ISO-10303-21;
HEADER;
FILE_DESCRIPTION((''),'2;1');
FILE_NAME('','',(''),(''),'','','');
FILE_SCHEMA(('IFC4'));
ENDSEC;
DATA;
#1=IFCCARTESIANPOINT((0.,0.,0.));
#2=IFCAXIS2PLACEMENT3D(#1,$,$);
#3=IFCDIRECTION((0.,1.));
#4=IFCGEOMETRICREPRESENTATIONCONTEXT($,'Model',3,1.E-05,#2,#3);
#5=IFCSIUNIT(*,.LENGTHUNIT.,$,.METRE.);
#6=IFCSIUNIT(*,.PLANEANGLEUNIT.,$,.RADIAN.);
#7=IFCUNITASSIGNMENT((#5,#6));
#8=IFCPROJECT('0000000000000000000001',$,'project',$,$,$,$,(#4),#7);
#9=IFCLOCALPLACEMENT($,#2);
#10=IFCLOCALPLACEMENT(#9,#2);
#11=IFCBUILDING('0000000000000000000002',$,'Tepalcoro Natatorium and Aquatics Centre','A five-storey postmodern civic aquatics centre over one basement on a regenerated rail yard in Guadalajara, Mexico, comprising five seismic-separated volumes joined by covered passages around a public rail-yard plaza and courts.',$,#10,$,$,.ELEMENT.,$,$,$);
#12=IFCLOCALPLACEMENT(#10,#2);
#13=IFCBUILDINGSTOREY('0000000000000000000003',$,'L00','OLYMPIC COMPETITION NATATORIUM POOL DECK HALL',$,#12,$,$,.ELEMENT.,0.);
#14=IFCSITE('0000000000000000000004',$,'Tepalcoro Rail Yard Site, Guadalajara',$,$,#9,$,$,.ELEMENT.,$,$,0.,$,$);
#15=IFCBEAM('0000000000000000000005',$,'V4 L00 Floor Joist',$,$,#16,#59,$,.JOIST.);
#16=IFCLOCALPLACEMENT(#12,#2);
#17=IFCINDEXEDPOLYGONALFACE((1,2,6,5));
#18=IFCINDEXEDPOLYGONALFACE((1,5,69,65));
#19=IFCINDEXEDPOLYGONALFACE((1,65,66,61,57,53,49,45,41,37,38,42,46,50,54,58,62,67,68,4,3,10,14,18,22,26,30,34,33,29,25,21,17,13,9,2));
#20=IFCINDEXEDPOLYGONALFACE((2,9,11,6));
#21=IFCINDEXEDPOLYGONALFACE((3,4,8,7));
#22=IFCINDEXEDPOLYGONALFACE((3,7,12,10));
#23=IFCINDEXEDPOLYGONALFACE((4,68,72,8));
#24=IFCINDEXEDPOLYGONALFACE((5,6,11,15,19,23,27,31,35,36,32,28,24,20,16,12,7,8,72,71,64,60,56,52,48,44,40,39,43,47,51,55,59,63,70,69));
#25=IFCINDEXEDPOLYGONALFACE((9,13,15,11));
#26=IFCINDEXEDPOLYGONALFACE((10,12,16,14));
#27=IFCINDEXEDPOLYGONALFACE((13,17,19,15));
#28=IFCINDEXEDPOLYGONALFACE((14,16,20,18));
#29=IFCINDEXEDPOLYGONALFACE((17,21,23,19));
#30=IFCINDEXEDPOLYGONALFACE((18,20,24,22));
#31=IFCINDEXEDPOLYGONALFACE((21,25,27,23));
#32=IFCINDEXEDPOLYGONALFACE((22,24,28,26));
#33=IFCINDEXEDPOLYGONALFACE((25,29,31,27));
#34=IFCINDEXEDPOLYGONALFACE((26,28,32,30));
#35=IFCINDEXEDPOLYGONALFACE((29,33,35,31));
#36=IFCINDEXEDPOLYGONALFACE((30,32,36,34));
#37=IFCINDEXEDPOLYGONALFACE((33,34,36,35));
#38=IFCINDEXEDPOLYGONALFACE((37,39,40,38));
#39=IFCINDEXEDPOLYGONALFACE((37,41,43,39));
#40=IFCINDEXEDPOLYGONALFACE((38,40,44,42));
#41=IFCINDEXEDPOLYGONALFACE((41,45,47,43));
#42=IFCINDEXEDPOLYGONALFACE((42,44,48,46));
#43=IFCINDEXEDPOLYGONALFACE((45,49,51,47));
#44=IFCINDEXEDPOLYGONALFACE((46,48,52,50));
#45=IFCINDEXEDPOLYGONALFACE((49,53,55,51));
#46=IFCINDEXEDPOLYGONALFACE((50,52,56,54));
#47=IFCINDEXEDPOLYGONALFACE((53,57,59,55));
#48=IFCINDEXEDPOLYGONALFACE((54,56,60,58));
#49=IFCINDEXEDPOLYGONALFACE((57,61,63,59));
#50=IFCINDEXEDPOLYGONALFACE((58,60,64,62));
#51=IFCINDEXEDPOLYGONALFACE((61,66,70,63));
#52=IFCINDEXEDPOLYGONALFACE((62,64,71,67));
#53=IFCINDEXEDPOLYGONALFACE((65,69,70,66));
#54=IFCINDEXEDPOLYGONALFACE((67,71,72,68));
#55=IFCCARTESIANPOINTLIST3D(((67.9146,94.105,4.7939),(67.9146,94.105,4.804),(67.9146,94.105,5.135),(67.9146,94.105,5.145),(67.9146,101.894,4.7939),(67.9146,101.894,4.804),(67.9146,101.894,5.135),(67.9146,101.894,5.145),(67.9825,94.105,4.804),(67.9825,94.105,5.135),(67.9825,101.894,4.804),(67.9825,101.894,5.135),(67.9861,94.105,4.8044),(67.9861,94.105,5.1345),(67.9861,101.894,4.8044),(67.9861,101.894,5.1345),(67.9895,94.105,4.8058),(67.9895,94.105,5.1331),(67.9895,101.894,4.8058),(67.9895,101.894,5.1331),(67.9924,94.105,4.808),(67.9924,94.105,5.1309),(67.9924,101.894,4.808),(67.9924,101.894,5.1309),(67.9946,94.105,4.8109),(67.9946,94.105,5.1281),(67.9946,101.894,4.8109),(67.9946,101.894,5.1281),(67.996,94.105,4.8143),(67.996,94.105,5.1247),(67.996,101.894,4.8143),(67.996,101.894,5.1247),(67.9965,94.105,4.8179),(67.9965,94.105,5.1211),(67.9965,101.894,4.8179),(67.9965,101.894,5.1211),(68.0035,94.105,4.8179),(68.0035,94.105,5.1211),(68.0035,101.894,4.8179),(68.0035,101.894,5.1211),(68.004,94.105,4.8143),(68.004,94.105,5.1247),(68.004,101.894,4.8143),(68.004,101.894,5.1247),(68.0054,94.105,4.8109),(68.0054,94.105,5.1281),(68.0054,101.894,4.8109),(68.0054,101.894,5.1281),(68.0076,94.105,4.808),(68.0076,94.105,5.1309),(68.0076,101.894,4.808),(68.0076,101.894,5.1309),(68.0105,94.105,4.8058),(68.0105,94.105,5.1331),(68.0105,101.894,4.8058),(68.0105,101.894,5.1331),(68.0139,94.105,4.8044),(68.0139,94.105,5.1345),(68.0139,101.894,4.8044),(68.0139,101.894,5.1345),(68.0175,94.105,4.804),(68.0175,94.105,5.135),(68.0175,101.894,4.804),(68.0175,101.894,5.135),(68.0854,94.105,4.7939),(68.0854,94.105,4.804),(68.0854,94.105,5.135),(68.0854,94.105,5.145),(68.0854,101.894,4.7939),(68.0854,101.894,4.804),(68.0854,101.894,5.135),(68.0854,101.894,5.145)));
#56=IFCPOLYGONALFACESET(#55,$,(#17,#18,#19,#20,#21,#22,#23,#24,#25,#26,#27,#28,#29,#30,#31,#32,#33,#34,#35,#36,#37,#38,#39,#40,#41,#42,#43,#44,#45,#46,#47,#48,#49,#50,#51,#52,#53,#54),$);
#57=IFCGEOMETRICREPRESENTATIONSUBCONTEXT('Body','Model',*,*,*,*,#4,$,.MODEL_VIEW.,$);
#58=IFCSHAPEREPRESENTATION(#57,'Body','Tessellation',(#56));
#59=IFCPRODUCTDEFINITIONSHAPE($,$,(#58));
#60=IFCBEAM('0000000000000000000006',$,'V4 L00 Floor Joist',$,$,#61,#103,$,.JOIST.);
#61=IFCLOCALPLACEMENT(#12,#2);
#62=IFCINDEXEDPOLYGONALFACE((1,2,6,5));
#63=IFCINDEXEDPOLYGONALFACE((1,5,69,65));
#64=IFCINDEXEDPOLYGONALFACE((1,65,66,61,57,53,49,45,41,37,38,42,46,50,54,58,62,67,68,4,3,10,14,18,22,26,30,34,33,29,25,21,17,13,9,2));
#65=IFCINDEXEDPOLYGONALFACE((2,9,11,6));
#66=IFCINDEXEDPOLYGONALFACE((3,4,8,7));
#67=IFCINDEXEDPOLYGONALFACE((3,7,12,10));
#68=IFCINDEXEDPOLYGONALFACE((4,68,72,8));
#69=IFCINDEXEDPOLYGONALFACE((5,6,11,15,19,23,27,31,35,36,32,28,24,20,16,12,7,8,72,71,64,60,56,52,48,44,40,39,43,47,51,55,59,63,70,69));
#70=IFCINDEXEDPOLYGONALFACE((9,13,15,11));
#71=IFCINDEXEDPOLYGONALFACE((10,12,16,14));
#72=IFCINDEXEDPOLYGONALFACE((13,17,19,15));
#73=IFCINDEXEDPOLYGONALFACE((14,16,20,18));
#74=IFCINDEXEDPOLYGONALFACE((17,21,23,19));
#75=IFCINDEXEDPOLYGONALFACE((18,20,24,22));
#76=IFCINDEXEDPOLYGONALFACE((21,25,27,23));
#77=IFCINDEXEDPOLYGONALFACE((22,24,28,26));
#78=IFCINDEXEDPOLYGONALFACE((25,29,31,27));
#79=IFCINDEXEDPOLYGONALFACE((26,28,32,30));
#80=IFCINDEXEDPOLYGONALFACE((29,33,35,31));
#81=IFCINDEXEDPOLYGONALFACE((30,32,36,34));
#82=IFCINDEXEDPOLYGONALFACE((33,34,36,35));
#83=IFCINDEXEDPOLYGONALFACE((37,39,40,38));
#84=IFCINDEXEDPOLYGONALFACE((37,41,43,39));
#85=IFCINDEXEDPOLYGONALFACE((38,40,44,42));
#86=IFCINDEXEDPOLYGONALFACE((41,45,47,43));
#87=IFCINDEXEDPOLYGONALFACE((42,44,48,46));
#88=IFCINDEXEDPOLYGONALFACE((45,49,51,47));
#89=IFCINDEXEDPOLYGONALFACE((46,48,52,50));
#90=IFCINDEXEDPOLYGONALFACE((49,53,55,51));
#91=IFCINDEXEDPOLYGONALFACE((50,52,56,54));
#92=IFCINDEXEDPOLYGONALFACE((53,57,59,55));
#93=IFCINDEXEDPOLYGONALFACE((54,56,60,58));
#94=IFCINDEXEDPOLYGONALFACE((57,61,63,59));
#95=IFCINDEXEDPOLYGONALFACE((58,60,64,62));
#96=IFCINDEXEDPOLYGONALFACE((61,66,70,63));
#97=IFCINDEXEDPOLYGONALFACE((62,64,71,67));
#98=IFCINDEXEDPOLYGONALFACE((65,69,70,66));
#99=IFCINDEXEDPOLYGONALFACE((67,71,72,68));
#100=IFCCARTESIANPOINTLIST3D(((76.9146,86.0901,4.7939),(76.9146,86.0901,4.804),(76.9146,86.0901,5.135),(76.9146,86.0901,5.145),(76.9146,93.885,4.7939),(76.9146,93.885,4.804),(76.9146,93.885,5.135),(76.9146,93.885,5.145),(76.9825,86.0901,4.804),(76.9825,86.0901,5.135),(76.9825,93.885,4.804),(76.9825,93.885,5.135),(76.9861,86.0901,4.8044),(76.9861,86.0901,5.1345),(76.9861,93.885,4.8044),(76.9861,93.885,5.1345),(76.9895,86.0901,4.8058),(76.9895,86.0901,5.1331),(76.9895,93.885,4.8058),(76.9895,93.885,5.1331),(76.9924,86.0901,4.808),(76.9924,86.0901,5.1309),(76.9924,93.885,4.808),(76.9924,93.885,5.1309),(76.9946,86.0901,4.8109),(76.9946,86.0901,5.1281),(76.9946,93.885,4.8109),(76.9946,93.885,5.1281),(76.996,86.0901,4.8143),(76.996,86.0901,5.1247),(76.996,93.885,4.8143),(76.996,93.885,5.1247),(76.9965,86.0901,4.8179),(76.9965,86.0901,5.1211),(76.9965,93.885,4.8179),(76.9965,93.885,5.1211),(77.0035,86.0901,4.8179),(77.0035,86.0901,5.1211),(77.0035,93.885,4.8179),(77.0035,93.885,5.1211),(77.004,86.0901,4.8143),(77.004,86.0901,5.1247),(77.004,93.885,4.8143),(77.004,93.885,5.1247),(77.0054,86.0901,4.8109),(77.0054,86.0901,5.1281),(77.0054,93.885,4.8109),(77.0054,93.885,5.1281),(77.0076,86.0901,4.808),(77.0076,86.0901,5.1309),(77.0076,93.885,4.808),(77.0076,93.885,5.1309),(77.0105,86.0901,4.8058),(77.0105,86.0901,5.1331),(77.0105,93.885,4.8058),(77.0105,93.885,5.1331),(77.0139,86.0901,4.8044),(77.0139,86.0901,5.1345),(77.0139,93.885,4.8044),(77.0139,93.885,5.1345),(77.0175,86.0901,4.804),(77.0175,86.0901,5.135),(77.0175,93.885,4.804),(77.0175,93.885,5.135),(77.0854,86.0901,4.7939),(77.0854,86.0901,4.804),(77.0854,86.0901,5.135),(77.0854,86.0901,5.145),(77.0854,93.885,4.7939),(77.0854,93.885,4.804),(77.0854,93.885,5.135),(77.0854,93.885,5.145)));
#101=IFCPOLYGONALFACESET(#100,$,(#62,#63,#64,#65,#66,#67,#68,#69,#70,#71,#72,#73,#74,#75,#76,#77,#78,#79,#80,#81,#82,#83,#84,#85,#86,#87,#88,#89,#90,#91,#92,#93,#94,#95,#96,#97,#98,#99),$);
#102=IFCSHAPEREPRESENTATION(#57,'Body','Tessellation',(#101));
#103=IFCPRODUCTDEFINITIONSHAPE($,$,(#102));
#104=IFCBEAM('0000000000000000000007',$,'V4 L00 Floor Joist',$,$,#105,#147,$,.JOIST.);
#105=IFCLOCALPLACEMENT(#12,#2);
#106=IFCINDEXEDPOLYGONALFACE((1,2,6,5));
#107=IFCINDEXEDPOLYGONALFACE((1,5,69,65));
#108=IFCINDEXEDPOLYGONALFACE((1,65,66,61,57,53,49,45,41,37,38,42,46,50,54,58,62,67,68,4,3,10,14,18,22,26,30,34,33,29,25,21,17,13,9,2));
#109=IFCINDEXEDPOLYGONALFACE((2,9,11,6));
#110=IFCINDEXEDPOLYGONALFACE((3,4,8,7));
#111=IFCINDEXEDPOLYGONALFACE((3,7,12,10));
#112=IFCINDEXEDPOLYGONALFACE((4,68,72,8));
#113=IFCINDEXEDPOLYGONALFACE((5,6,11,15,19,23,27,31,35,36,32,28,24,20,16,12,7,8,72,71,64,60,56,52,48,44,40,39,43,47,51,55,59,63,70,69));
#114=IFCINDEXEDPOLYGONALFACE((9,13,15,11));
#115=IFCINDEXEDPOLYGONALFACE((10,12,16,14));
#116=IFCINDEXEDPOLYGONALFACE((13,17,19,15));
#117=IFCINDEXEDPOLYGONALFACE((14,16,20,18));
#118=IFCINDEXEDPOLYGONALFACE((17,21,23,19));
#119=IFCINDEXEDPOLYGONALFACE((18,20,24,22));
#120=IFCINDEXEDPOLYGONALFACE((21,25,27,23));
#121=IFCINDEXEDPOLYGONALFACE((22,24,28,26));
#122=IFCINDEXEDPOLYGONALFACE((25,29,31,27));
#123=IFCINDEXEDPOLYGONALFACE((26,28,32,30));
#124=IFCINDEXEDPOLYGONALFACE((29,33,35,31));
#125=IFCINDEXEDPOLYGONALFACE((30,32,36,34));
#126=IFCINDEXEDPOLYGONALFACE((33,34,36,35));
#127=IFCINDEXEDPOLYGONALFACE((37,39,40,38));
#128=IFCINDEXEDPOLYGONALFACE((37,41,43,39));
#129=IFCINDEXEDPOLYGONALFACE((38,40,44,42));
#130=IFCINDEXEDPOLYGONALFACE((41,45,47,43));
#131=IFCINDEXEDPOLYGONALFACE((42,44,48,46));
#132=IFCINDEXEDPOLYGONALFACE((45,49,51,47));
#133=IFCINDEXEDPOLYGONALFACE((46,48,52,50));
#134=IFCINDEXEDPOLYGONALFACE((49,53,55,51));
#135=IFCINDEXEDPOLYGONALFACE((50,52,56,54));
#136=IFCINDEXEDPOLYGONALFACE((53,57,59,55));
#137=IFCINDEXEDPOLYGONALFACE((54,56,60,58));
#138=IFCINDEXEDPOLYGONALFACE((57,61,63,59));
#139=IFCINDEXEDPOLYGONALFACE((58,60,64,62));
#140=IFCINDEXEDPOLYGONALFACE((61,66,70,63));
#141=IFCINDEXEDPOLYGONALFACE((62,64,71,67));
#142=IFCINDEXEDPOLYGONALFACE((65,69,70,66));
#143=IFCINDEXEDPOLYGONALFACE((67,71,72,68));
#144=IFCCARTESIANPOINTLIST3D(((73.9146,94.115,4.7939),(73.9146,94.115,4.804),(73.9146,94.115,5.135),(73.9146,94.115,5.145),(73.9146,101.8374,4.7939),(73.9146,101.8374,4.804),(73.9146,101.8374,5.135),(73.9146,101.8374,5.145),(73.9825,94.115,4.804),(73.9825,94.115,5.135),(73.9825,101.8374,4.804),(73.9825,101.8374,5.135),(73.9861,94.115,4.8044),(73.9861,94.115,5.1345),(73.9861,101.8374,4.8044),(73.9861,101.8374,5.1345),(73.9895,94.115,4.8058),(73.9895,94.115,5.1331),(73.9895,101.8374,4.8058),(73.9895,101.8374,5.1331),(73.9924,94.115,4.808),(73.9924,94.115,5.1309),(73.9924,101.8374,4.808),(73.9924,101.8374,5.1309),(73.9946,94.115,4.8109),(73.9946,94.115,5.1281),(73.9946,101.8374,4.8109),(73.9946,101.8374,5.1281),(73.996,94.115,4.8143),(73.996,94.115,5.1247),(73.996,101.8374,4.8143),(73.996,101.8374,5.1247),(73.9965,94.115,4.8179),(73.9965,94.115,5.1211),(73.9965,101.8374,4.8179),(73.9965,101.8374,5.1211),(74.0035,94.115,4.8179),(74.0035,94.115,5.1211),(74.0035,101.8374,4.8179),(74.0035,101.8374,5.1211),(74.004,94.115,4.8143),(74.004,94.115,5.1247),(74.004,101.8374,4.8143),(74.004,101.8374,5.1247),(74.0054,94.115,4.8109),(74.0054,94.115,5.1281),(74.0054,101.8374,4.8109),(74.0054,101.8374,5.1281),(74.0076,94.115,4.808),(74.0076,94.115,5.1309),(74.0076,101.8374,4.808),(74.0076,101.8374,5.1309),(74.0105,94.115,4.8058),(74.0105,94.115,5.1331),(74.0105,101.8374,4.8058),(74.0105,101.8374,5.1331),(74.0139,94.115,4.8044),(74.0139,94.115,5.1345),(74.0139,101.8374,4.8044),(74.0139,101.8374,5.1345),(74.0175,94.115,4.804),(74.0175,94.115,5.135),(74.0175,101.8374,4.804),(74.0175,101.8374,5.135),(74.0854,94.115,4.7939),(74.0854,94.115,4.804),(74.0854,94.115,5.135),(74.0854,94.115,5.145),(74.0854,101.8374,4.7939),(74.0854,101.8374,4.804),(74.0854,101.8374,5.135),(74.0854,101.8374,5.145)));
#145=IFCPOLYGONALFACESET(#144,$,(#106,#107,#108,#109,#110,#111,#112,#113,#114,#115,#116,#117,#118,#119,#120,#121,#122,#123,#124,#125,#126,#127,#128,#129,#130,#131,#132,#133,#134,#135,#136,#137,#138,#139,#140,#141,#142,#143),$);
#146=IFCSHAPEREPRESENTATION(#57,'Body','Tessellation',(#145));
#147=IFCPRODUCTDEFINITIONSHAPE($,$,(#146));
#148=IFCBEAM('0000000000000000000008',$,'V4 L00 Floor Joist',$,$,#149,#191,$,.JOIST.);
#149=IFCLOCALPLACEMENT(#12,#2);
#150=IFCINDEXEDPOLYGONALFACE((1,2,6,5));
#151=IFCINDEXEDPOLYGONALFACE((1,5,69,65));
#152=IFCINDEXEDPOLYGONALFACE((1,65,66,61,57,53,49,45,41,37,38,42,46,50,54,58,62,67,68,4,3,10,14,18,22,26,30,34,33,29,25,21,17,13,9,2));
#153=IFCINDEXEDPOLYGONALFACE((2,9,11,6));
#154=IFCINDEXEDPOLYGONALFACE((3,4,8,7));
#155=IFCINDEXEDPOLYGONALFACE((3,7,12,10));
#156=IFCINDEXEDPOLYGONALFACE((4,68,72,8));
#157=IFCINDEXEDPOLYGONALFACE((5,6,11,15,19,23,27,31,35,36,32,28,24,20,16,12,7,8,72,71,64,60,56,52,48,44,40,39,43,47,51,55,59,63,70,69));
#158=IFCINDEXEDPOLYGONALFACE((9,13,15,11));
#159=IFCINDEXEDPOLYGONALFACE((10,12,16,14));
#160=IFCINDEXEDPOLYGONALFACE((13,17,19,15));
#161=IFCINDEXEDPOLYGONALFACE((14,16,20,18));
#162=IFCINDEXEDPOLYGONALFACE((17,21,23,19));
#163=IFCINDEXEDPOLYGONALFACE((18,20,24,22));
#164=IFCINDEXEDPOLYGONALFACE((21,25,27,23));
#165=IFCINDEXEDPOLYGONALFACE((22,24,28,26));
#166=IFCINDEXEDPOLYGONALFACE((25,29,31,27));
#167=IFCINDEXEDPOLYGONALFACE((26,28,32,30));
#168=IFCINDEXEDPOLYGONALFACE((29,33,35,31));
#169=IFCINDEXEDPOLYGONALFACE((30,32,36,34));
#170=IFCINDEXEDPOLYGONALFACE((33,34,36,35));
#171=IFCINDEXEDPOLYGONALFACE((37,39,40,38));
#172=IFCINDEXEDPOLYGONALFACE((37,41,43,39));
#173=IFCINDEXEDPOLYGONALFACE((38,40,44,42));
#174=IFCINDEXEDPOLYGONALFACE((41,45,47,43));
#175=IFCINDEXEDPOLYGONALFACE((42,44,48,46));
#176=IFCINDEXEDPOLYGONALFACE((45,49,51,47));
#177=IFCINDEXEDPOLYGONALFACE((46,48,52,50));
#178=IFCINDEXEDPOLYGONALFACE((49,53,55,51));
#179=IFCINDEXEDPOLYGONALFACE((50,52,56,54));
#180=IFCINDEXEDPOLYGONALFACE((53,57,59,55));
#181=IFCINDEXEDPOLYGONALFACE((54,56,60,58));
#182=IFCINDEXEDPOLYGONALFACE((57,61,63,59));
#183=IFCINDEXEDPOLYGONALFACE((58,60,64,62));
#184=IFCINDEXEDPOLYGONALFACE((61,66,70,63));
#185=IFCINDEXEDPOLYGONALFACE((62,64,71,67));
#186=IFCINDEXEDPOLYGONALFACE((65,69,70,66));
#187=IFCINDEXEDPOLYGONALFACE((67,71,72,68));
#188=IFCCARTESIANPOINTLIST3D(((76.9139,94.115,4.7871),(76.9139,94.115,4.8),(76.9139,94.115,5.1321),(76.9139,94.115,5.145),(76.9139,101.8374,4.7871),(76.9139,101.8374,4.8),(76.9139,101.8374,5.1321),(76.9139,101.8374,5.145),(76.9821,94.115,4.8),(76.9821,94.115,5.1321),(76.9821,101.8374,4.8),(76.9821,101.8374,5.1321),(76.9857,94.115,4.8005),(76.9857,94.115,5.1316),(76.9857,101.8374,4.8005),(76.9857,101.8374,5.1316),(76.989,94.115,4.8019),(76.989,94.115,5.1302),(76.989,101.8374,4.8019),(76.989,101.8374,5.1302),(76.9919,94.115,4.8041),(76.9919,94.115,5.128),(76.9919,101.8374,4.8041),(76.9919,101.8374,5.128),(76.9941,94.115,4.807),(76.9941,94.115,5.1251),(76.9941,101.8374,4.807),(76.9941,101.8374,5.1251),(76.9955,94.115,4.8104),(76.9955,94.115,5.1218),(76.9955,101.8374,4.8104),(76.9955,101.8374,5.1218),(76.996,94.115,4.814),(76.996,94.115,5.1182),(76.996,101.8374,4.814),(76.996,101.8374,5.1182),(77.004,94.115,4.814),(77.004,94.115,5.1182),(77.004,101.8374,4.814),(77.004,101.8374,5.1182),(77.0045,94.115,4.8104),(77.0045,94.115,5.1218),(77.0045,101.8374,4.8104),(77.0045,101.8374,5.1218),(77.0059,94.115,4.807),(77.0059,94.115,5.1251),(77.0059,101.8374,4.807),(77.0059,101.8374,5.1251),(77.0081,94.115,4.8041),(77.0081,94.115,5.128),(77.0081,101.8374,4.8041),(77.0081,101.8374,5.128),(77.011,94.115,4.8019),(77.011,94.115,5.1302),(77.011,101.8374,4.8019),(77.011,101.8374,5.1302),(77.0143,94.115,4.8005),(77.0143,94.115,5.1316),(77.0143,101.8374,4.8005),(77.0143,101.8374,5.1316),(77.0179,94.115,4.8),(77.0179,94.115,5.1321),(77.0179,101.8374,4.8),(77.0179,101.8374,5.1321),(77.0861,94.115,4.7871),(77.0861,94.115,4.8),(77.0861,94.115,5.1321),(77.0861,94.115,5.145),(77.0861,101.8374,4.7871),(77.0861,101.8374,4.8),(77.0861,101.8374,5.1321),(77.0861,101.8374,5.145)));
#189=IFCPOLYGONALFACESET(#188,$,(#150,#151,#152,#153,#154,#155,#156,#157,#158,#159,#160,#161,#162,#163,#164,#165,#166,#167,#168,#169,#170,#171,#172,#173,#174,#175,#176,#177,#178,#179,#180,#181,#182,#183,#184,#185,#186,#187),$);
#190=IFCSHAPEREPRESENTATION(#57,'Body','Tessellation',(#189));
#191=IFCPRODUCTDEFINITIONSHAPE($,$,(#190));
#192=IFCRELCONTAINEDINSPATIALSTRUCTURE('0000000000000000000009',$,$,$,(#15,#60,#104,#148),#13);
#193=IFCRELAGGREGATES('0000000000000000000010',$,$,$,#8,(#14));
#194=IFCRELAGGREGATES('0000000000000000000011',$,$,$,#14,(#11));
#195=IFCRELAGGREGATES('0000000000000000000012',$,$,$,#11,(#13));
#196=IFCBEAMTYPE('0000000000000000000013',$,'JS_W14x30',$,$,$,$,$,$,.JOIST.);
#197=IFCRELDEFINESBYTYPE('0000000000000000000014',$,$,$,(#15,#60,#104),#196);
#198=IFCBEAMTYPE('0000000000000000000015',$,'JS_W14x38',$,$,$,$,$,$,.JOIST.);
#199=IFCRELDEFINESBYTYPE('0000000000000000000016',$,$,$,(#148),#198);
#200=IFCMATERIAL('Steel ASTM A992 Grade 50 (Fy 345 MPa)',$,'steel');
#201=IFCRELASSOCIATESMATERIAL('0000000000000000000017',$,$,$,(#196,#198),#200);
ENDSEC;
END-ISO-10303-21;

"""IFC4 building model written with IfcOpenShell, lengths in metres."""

from ifc_helpers import new_model, si_unit, direction, frame, origin, origin_2d, place, context, subcontext, project, spatial, i_section, extrude, material, material_profile, profile_set, type_object, element, save


model = new_model("IFC4")

# Units and contexts
model_context = context("Model", 3, precision=1e-05, world=origin(), true_north=direction((0.0, 1.0)))
body_context = subcontext(model_context, "Body", "Model", "MODEL_VIEW")
ifc_project = project(units=[si_unit("LENGTHUNIT", "METRE"), si_unit("PLANEANGLEUNIT", "RADIAN")], contexts=[model_context])

# Site, building, storey
site_placement = place(None, origin())
site = spatial("IfcSite", under=ifc_project, at=site_placement, Name="Tepalcoro Rail Yard Site, Guadalajara", CompositionType="ELEMENT", RefElevation=0.0)
building_placement = place(site_placement, origin())
building = spatial("IfcBuilding", under=site, at=building_placement, Name="Tepalcoro Natatorium and Aquatics Centre", Description="A five-storey postmodern civic aquatics centre over one basement on a regenerated rail yard in Guadalajara, Mexico, comprising five seismic-separated volumes joined by covered passages around a public rail-yard plaza and courts.", CompositionType="ELEMENT")
storey_placement = place(building_placement, origin())
storey = spatial("IfcBuildingStorey", under=building, at=storey_placement, Name="L00", Description="OLYMPIC COMPETITION NATATORIUM POOL DECK HALL", CompositionType="ELEMENT", Elevation=0.0)

# Shared definitions
ifc_material_1 = material(Name="Steel ASTM A992 Grade 50 (Fy 345 MPa)", Category="steel")

# Beams
ifc_material_profile_1 = material_profile(ifc_material_1, i_section(OverallWidth=0.1709, OverallDepth=0.3511, WebThickness=0.0071, FlangeThickness=0.01, FilletRadius=0.0139, at=origin_2d()), Name="W14X30")
ifc_profile_set_1 = profile_set([ifc_material_profile_1], Name="Steel ASTM A992 Grade 50 (Fy 345 MPa)")
beam_type_1 = type_object("IfcBeamType", Name="JS_W14x30", PredefinedType="JOIST", material=ifc_profile_set_1)
beam_1_placement = place(storey_placement, frame((68.0, 94.105, 4.9695), z_axis=(0.0, 1.0, 0.0), x_axis=(-1.0, 0.0, 0.0)))
element("IfcBeam", 1, at=beam_1_placement, inside=storey, type_object=beam_type_1, Name="V4 L00 Floor Joist", PredefinedType="JOIST", context=body_context, shape_type="SweptSolid", body=[
    extrude(i_section(OverallWidth=0.1709, OverallDepth=0.3511, WebThickness=0.0071, FlangeThickness=0.01, FilletRadius=0.0139, at=origin_2d()), origin(), (0.0, 0.0, 1.0), 7.7891),
])
beam_2_placement = place(storey_placement, frame((77.0, 86.0901, 4.9695), z_axis=(0.0, 1.0, 0.0), x_axis=(-1.0, 0.0, 0.0)))
element("IfcBeam", 2, at=beam_2_placement, inside=storey, type_object=beam_type_1, Name="V4 L00 Floor Joist", PredefinedType="JOIST", context=body_context, shape_type="SweptSolid", body=[
    extrude(i_section(OverallWidth=0.1709, OverallDepth=0.3511, WebThickness=0.0071, FlangeThickness=0.01, FilletRadius=0.0139, at=origin_2d()), origin(), (0.0, 0.0, 1.0), 7.7949),
])
beam_3_placement = place(storey_placement, frame((74.0, 94.115, 4.9695), z_axis=(0.0, 1.0, 0.0), x_axis=(-1.0, 0.0, 0.0)))
element("IfcBeam", 3, at=beam_3_placement, inside=storey, type_object=beam_type_1, Name="V4 L00 Floor Joist", PredefinedType="JOIST", context=body_context, shape_type="SweptSolid", body=[
    extrude(i_section(OverallWidth=0.1709, OverallDepth=0.3511, WebThickness=0.0071, FlangeThickness=0.01, FilletRadius=0.0139, at=origin_2d()), origin(), (0.0, 0.0, 1.0), 7.7224),
])
ifc_material_profile_2 = material_profile(ifc_material_1, i_section(OverallWidth=0.1721, OverallDepth=0.3579, WebThickness=0.0081, FlangeThickness=0.0129, FilletRadius=0.0139, at=origin_2d()), Name="W14X38")
ifc_profile_set_2 = profile_set([ifc_material_profile_2], Name="Steel ASTM A992 Grade 50 (Fy 345 MPa)")
beam_type_2 = type_object("IfcBeamType", Name="JS_W14x38", PredefinedType="JOIST", material=ifc_profile_set_2)
beam_4_placement = place(storey_placement, frame((77.0, 94.115, 4.9661), z_axis=(0.0, 1.0, 0.0), x_axis=(-1.0, 0.0, 0.0)))
element("IfcBeam", 4, at=beam_4_placement, inside=storey, type_object=beam_type_2, Name="V4 L00 Floor Joist", PredefinedType="JOIST", context=body_context, shape_type="SweptSolid", body=[
    extrude(i_section(OverallWidth=0.1721, OverallDepth=0.3579, WebThickness=0.0081, FlangeThickness=0.0129, FilletRadius=0.0139, at=origin_2d()), origin(), (0.0, 0.0, 1.0), 7.7224),
])

save(model, "model.ifc")
